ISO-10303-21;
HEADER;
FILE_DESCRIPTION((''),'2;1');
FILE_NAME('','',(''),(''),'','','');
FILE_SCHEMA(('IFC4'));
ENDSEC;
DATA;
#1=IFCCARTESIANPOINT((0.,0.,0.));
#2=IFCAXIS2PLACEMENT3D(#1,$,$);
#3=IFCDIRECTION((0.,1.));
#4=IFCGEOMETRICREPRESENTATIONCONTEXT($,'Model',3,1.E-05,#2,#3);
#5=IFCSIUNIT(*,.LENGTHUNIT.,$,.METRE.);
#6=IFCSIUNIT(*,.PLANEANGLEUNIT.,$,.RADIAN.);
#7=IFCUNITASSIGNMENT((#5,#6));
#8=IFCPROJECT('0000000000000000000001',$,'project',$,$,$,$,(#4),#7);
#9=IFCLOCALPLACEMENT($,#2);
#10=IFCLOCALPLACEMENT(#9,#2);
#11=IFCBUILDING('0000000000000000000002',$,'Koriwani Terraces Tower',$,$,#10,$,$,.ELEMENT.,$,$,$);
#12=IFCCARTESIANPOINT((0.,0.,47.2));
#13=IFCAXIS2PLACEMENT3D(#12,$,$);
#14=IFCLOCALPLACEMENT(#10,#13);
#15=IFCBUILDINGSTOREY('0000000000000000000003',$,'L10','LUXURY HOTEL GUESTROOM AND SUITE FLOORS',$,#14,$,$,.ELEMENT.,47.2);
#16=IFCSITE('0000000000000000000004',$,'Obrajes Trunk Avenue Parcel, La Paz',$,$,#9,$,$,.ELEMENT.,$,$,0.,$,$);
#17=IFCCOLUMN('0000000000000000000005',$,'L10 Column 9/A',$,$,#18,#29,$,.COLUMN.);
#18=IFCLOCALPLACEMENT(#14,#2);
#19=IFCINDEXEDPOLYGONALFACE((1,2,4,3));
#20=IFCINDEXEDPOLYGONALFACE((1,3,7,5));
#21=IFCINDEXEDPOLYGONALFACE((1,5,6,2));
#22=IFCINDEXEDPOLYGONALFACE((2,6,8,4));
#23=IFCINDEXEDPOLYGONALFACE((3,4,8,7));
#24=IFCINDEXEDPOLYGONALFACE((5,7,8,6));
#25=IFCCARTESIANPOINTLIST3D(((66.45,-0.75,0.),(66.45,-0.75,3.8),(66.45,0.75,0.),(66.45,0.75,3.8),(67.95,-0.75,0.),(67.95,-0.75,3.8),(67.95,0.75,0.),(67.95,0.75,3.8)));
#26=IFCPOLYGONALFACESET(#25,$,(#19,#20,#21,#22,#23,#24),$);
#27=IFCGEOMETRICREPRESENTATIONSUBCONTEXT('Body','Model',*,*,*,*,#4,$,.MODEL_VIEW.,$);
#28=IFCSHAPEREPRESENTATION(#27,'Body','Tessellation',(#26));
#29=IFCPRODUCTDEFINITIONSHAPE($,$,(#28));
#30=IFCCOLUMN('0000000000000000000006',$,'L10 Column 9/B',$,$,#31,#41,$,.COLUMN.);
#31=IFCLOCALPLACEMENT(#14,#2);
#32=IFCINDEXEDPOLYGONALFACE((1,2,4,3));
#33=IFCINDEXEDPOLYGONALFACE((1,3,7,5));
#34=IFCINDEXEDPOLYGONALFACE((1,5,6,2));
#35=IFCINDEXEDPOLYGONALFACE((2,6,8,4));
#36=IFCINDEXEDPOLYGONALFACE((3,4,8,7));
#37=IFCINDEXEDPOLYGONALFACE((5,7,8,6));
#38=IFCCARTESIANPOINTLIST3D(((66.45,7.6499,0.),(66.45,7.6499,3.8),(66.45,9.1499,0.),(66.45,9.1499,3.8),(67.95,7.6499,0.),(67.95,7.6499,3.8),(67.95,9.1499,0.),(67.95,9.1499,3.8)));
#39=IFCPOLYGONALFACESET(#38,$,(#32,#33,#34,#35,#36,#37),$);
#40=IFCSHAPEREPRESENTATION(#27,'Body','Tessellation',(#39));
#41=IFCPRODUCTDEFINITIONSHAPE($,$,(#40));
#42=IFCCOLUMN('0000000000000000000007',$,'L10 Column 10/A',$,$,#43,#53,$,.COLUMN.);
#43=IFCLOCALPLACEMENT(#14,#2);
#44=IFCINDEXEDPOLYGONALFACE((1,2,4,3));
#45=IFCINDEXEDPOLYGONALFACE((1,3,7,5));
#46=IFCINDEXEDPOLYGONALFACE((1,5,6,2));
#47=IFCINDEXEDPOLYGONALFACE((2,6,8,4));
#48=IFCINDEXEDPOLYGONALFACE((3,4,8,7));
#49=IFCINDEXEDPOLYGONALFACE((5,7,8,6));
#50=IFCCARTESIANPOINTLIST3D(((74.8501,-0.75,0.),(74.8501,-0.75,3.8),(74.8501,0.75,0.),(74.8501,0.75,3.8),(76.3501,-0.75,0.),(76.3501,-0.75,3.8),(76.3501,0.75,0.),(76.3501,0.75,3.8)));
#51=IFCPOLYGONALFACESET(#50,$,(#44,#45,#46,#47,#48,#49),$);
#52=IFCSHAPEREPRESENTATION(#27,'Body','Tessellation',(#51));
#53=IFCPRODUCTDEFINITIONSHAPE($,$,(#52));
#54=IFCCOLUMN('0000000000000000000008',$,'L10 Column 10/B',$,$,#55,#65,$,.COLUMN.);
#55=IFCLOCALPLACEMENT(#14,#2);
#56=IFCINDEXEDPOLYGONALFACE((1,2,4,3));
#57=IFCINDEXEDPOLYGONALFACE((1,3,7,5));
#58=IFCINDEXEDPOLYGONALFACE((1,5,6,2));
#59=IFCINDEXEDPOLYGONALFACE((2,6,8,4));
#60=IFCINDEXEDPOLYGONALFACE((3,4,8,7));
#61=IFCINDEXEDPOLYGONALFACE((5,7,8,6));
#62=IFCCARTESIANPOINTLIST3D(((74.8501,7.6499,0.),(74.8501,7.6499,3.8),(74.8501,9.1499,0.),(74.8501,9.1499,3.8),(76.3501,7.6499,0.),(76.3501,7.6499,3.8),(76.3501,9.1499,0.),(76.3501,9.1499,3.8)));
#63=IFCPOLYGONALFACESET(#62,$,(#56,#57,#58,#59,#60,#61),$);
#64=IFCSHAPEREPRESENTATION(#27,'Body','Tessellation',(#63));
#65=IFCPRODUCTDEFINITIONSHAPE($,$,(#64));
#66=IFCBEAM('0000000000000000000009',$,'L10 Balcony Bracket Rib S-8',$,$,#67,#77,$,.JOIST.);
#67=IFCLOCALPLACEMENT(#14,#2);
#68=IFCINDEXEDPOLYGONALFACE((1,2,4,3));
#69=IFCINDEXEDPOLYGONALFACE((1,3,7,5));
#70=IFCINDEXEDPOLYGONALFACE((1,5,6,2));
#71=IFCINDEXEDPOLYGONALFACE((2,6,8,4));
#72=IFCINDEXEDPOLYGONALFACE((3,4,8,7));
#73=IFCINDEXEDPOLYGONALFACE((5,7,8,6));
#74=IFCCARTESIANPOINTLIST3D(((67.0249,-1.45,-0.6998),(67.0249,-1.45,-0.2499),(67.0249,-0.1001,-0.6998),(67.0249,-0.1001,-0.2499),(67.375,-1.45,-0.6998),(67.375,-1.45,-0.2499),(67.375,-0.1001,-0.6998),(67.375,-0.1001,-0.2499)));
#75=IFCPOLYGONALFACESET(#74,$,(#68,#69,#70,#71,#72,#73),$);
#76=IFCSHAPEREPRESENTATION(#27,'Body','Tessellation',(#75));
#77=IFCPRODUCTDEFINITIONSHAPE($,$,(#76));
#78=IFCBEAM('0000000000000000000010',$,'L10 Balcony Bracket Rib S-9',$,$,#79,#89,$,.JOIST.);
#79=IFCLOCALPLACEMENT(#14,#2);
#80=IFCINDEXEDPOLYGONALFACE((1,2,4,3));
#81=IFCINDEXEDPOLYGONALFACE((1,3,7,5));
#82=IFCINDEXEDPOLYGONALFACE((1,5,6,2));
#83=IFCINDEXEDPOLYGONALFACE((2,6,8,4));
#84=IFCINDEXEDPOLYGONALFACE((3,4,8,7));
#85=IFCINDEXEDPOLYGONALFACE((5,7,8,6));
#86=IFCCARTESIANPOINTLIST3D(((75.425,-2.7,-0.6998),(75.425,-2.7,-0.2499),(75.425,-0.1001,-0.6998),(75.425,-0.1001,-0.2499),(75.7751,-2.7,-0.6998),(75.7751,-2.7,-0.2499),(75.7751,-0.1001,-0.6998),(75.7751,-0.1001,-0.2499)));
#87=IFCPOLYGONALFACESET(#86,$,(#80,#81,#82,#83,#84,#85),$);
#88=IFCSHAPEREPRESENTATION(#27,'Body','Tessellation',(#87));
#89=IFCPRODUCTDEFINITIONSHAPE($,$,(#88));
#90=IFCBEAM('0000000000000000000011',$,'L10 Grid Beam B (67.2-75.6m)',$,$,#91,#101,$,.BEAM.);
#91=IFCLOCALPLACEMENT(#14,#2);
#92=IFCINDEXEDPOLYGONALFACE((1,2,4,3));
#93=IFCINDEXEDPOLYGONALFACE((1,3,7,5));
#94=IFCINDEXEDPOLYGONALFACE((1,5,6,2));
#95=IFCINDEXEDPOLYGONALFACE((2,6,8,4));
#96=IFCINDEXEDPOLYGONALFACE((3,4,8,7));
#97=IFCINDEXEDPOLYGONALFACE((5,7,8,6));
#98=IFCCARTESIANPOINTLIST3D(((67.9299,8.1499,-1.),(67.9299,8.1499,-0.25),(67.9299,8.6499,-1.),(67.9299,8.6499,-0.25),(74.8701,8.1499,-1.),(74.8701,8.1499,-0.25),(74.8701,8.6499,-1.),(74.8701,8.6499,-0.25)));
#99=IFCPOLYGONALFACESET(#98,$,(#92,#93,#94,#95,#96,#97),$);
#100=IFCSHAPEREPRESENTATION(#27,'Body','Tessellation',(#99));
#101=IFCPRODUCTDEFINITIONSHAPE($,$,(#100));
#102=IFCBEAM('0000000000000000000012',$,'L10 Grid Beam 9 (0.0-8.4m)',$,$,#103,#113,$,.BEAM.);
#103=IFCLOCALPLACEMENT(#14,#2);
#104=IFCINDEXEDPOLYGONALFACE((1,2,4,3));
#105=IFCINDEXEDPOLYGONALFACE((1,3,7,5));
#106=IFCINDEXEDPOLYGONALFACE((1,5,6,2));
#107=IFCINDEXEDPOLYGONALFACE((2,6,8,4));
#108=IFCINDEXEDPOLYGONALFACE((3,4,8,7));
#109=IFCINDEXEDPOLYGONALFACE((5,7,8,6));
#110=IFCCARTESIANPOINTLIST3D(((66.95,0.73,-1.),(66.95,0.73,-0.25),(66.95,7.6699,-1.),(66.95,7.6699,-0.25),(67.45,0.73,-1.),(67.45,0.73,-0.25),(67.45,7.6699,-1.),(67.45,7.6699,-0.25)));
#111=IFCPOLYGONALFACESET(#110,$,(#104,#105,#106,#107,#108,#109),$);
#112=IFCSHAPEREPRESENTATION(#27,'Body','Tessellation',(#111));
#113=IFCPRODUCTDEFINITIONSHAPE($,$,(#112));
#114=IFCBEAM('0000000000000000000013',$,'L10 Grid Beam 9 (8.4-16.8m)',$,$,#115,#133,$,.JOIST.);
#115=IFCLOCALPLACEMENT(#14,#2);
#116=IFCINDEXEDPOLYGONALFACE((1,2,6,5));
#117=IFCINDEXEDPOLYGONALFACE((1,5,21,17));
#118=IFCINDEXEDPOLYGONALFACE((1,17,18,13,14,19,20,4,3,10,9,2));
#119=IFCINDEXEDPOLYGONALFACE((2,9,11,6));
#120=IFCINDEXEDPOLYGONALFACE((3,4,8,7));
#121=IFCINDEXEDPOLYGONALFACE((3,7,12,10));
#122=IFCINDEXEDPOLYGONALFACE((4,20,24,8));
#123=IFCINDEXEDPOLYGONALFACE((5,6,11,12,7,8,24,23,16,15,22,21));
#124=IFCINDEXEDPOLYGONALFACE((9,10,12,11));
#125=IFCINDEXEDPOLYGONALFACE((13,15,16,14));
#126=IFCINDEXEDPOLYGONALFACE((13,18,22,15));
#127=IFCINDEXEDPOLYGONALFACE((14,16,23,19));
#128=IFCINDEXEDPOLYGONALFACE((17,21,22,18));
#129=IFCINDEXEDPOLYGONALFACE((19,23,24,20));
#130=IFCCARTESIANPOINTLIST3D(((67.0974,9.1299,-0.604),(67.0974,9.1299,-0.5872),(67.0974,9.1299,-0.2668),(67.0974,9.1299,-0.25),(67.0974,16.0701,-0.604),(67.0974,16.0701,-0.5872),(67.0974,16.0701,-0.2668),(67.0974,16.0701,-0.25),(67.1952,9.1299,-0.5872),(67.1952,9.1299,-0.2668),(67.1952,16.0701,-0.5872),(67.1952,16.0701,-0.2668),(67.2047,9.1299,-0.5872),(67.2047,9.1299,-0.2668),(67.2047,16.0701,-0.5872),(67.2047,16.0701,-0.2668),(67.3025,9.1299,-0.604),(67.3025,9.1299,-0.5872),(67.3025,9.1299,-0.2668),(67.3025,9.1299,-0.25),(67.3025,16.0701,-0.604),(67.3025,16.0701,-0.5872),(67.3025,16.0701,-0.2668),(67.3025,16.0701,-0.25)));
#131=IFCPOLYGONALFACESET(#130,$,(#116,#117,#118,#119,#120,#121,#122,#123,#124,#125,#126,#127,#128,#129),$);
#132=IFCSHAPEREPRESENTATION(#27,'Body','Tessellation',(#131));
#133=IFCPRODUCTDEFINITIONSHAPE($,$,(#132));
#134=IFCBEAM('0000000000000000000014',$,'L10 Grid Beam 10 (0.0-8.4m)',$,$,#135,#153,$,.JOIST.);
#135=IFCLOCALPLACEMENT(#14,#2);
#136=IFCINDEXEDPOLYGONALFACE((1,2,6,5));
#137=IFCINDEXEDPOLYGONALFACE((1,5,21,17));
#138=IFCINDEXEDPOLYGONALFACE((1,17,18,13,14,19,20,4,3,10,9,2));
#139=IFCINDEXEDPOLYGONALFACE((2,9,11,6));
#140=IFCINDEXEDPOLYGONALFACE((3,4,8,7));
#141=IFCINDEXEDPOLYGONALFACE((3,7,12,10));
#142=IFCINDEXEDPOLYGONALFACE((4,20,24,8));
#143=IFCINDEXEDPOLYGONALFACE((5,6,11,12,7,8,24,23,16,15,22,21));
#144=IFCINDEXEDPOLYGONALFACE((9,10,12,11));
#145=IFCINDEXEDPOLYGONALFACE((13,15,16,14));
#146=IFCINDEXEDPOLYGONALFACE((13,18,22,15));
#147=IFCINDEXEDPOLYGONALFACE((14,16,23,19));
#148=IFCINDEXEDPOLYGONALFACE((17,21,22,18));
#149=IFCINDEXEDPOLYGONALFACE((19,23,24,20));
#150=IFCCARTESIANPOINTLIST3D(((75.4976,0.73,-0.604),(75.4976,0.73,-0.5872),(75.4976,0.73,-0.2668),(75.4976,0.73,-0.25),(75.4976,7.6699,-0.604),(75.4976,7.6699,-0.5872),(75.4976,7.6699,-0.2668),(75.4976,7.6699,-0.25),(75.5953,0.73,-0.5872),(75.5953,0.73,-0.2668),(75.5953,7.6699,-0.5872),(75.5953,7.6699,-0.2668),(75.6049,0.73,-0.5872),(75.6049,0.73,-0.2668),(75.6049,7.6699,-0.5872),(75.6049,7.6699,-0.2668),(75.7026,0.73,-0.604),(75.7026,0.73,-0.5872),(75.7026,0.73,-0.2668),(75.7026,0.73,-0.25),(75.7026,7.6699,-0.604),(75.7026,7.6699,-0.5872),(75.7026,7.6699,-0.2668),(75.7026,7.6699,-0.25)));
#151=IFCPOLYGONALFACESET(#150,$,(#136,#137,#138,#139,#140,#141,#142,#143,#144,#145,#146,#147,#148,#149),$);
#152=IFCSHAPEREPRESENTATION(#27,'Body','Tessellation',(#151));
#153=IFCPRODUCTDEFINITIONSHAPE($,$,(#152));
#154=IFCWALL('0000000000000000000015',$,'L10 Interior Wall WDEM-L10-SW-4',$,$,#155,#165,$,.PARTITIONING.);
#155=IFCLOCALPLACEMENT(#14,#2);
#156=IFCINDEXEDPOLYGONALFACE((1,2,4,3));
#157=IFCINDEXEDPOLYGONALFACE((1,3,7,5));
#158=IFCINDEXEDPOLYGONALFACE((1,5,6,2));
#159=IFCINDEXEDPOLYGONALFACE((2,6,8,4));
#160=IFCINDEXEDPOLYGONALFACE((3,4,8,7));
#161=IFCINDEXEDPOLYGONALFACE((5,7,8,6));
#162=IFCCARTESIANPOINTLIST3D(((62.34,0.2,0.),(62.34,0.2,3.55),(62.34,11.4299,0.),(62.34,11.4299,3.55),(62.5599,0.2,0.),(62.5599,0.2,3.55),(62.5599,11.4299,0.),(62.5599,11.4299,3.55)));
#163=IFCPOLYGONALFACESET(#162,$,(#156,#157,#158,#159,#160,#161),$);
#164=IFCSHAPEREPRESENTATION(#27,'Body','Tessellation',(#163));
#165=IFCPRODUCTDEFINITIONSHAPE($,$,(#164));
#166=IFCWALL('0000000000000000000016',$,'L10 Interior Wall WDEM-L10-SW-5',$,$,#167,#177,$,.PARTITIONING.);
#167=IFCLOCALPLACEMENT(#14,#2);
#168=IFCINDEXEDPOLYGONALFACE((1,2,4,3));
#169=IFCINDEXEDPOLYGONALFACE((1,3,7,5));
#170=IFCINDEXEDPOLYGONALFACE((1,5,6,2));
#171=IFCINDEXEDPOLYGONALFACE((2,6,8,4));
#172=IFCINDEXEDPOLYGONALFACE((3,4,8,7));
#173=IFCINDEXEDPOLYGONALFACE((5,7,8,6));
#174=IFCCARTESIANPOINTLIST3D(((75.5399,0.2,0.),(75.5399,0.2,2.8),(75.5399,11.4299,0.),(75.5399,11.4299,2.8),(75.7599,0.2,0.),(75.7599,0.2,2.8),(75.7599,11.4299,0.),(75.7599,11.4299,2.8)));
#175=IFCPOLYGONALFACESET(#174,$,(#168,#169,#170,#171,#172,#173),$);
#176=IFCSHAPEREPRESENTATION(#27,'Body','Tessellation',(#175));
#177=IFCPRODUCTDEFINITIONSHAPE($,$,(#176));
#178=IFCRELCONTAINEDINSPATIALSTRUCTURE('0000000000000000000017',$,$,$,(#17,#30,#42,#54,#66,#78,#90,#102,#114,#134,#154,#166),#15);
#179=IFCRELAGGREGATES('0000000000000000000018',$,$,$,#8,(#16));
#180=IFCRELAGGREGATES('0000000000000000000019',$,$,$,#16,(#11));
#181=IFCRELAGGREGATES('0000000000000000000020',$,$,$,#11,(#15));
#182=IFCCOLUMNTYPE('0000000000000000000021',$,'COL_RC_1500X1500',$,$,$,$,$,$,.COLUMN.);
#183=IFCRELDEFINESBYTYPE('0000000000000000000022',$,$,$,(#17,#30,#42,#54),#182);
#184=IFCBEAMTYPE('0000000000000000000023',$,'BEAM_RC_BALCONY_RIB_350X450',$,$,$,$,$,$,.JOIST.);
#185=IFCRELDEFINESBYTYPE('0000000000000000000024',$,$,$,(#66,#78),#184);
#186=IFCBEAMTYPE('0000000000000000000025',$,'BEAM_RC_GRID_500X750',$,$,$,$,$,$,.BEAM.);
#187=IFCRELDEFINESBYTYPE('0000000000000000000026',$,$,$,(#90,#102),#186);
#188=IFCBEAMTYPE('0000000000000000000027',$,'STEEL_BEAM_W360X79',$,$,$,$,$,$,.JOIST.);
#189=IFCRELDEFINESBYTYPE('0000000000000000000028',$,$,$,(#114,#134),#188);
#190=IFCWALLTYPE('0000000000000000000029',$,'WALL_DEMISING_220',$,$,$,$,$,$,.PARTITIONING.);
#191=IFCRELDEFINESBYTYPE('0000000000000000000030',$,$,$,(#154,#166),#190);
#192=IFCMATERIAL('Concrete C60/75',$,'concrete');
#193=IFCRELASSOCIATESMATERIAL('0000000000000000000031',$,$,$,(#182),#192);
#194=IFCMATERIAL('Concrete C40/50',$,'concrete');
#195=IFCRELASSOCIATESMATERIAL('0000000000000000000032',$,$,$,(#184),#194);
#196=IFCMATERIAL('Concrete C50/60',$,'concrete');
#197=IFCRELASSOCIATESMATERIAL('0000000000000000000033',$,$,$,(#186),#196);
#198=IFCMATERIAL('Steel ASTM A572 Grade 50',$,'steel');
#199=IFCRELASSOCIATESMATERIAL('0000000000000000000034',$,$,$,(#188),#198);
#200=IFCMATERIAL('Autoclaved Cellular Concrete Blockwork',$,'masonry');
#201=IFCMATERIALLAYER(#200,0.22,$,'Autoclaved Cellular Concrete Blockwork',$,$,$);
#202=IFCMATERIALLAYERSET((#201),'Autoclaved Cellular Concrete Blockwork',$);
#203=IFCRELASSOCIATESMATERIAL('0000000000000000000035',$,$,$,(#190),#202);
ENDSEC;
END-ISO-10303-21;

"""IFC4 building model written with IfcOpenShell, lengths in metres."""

from ifc_helpers import new_model, si_unit, direction, frame, frame_2d, origin, origin_2d, place, context, subcontext, project, spatial, rectangle, i_section, extrude, material, layer, layer_set, material_profile, profile_set, type_object, element, save


model = new_model("IFC4")

# Units and contexts
model_context = context("Model", 3, precision=1e-05, world=origin(), true_north=direction((0.0, 1.0)))
body_context = subcontext(model_context, "Body", "Model", "MODEL_VIEW")
ifc_project = project(units=[si_unit("LENGTHUNIT", "METRE"), si_unit("PLANEANGLEUNIT", "RADIAN")], contexts=[model_context])

# Site, building, storey
site_placement = place(None, origin())
site = spatial("IfcSite", under=ifc_project, at=site_placement, Name="Obrajes Trunk Avenue Parcel, La Paz", CompositionType="ELEMENT", RefElevation=0.0)
building_placement = place(site_placement, origin())
building = spatial("IfcBuilding", under=site, at=building_placement, Name="Koriwani Terraces Tower", CompositionType="ELEMENT")
storey_placement = place(building_placement, frame((0.0, 0.0, 47.2)))
storey = spatial("IfcBuildingStorey", under=building, at=storey_placement, Name="L10", Description="LUXURY HOTEL GUESTROOM AND SUITE FLOORS", CompositionType="ELEMENT", Elevation=47.2)

# Columns
ifc_material_1 = material(Name="Concrete C60/75", Category="concrete")
ifc_material_profile_1 = material_profile(ifc_material_1, rectangle(XDim=1.5, YDim=1.5, at=origin_2d()), Name="Concrete C60/75", Category="LoadBearing")
ifc_profile_set_1 = profile_set([ifc_material_profile_1], Name="Concrete C60/75")
column_type = type_object("IfcColumnType", Name="COL_RC_1500X1500", PredefinedType="COLUMN", material=ifc_profile_set_1)
for number, where, z_axis, x_axis, name in (
    (1, (67.2, 0.0, 0.0), (0.0, 0.0, 1.0), (1.0, 0.0, 0.0), "L10 Column 9/A"),
    (2, (67.2, 8.3999, 0.0), (0.0, 0.0, 1.0), (1.0, 0.0, 0.0), "L10 Column 9/B"),
    (3, (75.6001, 0.0, 0.0), (0.0, 0.0, 1.0), (1.0, 0.0, 0.0), "L10 Column 10/A"),
    (4, (75.6001, 8.3999, 0.0), (0.0, 0.0, 1.0), (1.0, 0.0, 0.0), "L10 Column 10/B"),
):
    element("IfcColumn", number, at=place(storey_placement, frame(where, z_axis=z_axis, x_axis=x_axis)), inside=storey, type_object=column_type, Name=name, PredefinedType="COLUMN", context=body_context, shape_type="SweptSolid", body=[
        extrude(rectangle(XDim=1.5, YDim=1.5, at=origin_2d()), origin(), (0.0, 0.0, 1.0), 3.8),
    ])

# Beams
ifc_material_2 = material(Name="Concrete C40/50", Category="concrete")
ifc_material_profile_2 = material_profile(ifc_material_2, rectangle(XDim=0.3501, YDim=0.45, at=origin_2d()), Name="Concrete C40/50", Category="LoadBearing")
ifc_profile_set_2 = profile_set([ifc_material_profile_2], Name="Concrete C40/50")
beam_type_1 = type_object("IfcBeamType", Name="BEAM_RC_BALCONY_RIB_350X450", PredefinedType="JOIST", material=ifc_profile_set_2)
beam_1_placement = place(storey_placement, frame((67.2, -1.45, -0.4749), z_axis=(0.0, 1.0, 0.0), x_axis=(-1.0, 0.0, 0.0)))
element("IfcBeam", 5, at=beam_1_placement, inside=storey, type_object=beam_type_1, Name="L10 Balcony Bracket Rib S-8", PredefinedType="JOIST", context=body_context, shape_type="SweptSolid", body=[
    extrude(rectangle(XDim=0.3501, YDim=0.45, at=origin_2d()), origin(), (0.0, 0.0, 1.0), 1.3499),
])
beam_2_placement = place(storey_placement, frame((75.6001, -2.7, -0.4749), z_axis=(0.0, 1.0, 0.0), x_axis=(-1.0, 0.0, 0.0)))
element("IfcBeam", 6, at=beam_2_placement, inside=storey, type_object=beam_type_1, Name="L10 Balcony Bracket Rib S-9", PredefinedType="JOIST", context=body_context, shape_type="SweptSolid", body=[
    extrude(rectangle(XDim=0.3501, YDim=0.45, at=origin_2d()), origin(), (0.0, 0.0, 1.0), 2.5999),
])
ifc_material_3 = material(Name="Concrete C50/60", Category="concrete")
ifc_material_profile_3 = material_profile(ifc_material_3, rectangle(XDim=0.5, YDim=0.75, at=origin_2d()), Name="Concrete C50/60", Category="LoadBearing")
ifc_profile_set_3 = profile_set([ifc_material_profile_3], Name="Concrete C50/60")
beam_type_2 = type_object("IfcBeamType", Name="BEAM_RC_GRID_500X750", PredefinedType="BEAM", material=ifc_profile_set_3)
beam_3_placement = place(storey_placement, frame((67.9299, 8.3999, -0.625), z_axis=(1.0, 0.0, 0.0), x_axis=(0.0, 1.0, 0.0)))
element("IfcBeam", 7, at=beam_3_placement, inside=storey, type_object=beam_type_2, Name="L10 Grid Beam B (67.2-75.6m)", PredefinedType="BEAM", context=body_context, shape_type="SweptSolid", body=[
    extrude(rectangle(XDim=0.5, YDim=0.75, at=origin_2d()), origin(), (0.0, 0.0, 1.0), 6.9402),
])
beam_4_placement = place(storey_placement, frame((67.2, 0.73, -0.625), z_axis=(0.0, 1.0, 0.0), x_axis=(-1.0, 0.0, 0.0)))
element("IfcBeam", 8, at=beam_4_placement, inside=storey, type_object=beam_type_2, Name="L10 Grid Beam 9 (0.0-8.4m)", PredefinedType="BEAM", context=body_context, shape_type="SweptSolid", body=[
    extrude(rectangle(XDim=0.5, YDim=0.75, at=origin_2d()), origin(), (0.0, 0.0, 1.0), 6.9399),
])
ifc_material_4 = material(Name="Steel ASTM A572 Grade 50", Category="steel")
ifc_material_profile_4 = material_profile(ifc_material_4, i_section(OverallWidth=0.2051, OverallDepth=0.354, WebThickness=0.0095, FlangeThickness=0.0168, at=origin_2d()), Name="Steel ASTM A572 Grade 50", Category="LoadBearing")
ifc_profile_set_4 = profile_set([ifc_material_profile_4], Name="Steel ASTM A572 Grade 50")
beam_type_3 = type_object("IfcBeamType", Name="STEEL_BEAM_W360X79", PredefinedType="JOIST", material=ifc_profile_set_4)
beam_5_placement = place(storey_placement, frame((67.2, 9.1299, -0.427), z_axis=(0.0, 1.0, 0.0), x_axis=(-1.0, 0.0, 0.0)))
element("IfcBeam", 9, at=beam_5_placement, inside=storey, type_object=beam_type_3, Name="L10 Grid Beam 9 (8.4-16.8m)", PredefinedType="JOIST", context=body_context, shape_type="SweptSolid", body=[
    extrude(i_section(OverallWidth=0.2051, OverallDepth=0.354, WebThickness=0.0095, FlangeThickness=0.0168, at=origin_2d()), origin(), (0.0, 0.0, 1.0), 6.9402),
])
beam_6_placement = place(storey_placement, frame((75.6001, 0.73, -0.427), z_axis=(0.0, 1.0, 0.0), x_axis=(-1.0, 0.0, 0.0)))
element("IfcBeam", 10, at=beam_6_placement, inside=storey, type_object=beam_type_3, Name="L10 Grid Beam 10 (0.0-8.4m)", PredefinedType="JOIST", context=body_context, shape_type="SweptSolid", body=[
    extrude(i_section(OverallWidth=0.2051, OverallDepth=0.354, WebThickness=0.0095, FlangeThickness=0.0168, at=origin_2d()), origin(), (0.0, 0.0, 1.0), 6.9399),
])

# Walls
ifc_material_5 = material(Name="Autoclaved Cellular Concrete Blockwork", Category="masonry")
ifc_layer_1 = layer(ifc_material_5, 0.22, Name="Autoclaved Cellular Concrete Blockwork")
ifc_layer_set_1 = layer_set([ifc_layer_1], Name="Autoclaved Cellular Concrete Blockwork")
wall_type_1 = type_object("IfcWallType", Name="WALL_DEMISING_220", PredefinedType="PARTITIONING", material=ifc_layer_set_1)
wall_1_placement = place(storey_placement, frame((62.45, 0.2, 0.0), z_axis=(0.0, 0.0, 1.0), x_axis=(0.0, 1.0, 0.0)))
element("IfcWall", 11, at=wall_1_placement, inside=storey, type_object=wall_type_1, Name="L10 Interior Wall WDEM-L10-SW-4", PredefinedType="PARTITIONING", context=body_context, shape_type="SweptSolid", body=[
    extrude(rectangle(XDim=11.23, YDim=0.22, at=frame_2d((5.615, 0.0))), origin(), (0.0, 0.0, 1.0), 3.55),
])
wall_2_placement = place(storey_placement, frame((75.6499, 0.2, 0.0), z_axis=(0.0, 0.0, 1.0), x_axis=(0.0, 1.0, 0.0)))
element("IfcWall", 12, at=wall_2_placement, inside=storey, type_object=wall_type_1, Name="L10 Interior Wall WDEM-L10-SW-5", PredefinedType="PARTITIONING", context=body_context, shape_type="SweptSolid", body=[
    extrude(rectangle(XDim=11.23, YDim=0.22, at=frame_2d((5.615, 0.0))), origin(), (0.0, 0.0, 1.0), 2.8),
])

save(model, "model.ifc")
